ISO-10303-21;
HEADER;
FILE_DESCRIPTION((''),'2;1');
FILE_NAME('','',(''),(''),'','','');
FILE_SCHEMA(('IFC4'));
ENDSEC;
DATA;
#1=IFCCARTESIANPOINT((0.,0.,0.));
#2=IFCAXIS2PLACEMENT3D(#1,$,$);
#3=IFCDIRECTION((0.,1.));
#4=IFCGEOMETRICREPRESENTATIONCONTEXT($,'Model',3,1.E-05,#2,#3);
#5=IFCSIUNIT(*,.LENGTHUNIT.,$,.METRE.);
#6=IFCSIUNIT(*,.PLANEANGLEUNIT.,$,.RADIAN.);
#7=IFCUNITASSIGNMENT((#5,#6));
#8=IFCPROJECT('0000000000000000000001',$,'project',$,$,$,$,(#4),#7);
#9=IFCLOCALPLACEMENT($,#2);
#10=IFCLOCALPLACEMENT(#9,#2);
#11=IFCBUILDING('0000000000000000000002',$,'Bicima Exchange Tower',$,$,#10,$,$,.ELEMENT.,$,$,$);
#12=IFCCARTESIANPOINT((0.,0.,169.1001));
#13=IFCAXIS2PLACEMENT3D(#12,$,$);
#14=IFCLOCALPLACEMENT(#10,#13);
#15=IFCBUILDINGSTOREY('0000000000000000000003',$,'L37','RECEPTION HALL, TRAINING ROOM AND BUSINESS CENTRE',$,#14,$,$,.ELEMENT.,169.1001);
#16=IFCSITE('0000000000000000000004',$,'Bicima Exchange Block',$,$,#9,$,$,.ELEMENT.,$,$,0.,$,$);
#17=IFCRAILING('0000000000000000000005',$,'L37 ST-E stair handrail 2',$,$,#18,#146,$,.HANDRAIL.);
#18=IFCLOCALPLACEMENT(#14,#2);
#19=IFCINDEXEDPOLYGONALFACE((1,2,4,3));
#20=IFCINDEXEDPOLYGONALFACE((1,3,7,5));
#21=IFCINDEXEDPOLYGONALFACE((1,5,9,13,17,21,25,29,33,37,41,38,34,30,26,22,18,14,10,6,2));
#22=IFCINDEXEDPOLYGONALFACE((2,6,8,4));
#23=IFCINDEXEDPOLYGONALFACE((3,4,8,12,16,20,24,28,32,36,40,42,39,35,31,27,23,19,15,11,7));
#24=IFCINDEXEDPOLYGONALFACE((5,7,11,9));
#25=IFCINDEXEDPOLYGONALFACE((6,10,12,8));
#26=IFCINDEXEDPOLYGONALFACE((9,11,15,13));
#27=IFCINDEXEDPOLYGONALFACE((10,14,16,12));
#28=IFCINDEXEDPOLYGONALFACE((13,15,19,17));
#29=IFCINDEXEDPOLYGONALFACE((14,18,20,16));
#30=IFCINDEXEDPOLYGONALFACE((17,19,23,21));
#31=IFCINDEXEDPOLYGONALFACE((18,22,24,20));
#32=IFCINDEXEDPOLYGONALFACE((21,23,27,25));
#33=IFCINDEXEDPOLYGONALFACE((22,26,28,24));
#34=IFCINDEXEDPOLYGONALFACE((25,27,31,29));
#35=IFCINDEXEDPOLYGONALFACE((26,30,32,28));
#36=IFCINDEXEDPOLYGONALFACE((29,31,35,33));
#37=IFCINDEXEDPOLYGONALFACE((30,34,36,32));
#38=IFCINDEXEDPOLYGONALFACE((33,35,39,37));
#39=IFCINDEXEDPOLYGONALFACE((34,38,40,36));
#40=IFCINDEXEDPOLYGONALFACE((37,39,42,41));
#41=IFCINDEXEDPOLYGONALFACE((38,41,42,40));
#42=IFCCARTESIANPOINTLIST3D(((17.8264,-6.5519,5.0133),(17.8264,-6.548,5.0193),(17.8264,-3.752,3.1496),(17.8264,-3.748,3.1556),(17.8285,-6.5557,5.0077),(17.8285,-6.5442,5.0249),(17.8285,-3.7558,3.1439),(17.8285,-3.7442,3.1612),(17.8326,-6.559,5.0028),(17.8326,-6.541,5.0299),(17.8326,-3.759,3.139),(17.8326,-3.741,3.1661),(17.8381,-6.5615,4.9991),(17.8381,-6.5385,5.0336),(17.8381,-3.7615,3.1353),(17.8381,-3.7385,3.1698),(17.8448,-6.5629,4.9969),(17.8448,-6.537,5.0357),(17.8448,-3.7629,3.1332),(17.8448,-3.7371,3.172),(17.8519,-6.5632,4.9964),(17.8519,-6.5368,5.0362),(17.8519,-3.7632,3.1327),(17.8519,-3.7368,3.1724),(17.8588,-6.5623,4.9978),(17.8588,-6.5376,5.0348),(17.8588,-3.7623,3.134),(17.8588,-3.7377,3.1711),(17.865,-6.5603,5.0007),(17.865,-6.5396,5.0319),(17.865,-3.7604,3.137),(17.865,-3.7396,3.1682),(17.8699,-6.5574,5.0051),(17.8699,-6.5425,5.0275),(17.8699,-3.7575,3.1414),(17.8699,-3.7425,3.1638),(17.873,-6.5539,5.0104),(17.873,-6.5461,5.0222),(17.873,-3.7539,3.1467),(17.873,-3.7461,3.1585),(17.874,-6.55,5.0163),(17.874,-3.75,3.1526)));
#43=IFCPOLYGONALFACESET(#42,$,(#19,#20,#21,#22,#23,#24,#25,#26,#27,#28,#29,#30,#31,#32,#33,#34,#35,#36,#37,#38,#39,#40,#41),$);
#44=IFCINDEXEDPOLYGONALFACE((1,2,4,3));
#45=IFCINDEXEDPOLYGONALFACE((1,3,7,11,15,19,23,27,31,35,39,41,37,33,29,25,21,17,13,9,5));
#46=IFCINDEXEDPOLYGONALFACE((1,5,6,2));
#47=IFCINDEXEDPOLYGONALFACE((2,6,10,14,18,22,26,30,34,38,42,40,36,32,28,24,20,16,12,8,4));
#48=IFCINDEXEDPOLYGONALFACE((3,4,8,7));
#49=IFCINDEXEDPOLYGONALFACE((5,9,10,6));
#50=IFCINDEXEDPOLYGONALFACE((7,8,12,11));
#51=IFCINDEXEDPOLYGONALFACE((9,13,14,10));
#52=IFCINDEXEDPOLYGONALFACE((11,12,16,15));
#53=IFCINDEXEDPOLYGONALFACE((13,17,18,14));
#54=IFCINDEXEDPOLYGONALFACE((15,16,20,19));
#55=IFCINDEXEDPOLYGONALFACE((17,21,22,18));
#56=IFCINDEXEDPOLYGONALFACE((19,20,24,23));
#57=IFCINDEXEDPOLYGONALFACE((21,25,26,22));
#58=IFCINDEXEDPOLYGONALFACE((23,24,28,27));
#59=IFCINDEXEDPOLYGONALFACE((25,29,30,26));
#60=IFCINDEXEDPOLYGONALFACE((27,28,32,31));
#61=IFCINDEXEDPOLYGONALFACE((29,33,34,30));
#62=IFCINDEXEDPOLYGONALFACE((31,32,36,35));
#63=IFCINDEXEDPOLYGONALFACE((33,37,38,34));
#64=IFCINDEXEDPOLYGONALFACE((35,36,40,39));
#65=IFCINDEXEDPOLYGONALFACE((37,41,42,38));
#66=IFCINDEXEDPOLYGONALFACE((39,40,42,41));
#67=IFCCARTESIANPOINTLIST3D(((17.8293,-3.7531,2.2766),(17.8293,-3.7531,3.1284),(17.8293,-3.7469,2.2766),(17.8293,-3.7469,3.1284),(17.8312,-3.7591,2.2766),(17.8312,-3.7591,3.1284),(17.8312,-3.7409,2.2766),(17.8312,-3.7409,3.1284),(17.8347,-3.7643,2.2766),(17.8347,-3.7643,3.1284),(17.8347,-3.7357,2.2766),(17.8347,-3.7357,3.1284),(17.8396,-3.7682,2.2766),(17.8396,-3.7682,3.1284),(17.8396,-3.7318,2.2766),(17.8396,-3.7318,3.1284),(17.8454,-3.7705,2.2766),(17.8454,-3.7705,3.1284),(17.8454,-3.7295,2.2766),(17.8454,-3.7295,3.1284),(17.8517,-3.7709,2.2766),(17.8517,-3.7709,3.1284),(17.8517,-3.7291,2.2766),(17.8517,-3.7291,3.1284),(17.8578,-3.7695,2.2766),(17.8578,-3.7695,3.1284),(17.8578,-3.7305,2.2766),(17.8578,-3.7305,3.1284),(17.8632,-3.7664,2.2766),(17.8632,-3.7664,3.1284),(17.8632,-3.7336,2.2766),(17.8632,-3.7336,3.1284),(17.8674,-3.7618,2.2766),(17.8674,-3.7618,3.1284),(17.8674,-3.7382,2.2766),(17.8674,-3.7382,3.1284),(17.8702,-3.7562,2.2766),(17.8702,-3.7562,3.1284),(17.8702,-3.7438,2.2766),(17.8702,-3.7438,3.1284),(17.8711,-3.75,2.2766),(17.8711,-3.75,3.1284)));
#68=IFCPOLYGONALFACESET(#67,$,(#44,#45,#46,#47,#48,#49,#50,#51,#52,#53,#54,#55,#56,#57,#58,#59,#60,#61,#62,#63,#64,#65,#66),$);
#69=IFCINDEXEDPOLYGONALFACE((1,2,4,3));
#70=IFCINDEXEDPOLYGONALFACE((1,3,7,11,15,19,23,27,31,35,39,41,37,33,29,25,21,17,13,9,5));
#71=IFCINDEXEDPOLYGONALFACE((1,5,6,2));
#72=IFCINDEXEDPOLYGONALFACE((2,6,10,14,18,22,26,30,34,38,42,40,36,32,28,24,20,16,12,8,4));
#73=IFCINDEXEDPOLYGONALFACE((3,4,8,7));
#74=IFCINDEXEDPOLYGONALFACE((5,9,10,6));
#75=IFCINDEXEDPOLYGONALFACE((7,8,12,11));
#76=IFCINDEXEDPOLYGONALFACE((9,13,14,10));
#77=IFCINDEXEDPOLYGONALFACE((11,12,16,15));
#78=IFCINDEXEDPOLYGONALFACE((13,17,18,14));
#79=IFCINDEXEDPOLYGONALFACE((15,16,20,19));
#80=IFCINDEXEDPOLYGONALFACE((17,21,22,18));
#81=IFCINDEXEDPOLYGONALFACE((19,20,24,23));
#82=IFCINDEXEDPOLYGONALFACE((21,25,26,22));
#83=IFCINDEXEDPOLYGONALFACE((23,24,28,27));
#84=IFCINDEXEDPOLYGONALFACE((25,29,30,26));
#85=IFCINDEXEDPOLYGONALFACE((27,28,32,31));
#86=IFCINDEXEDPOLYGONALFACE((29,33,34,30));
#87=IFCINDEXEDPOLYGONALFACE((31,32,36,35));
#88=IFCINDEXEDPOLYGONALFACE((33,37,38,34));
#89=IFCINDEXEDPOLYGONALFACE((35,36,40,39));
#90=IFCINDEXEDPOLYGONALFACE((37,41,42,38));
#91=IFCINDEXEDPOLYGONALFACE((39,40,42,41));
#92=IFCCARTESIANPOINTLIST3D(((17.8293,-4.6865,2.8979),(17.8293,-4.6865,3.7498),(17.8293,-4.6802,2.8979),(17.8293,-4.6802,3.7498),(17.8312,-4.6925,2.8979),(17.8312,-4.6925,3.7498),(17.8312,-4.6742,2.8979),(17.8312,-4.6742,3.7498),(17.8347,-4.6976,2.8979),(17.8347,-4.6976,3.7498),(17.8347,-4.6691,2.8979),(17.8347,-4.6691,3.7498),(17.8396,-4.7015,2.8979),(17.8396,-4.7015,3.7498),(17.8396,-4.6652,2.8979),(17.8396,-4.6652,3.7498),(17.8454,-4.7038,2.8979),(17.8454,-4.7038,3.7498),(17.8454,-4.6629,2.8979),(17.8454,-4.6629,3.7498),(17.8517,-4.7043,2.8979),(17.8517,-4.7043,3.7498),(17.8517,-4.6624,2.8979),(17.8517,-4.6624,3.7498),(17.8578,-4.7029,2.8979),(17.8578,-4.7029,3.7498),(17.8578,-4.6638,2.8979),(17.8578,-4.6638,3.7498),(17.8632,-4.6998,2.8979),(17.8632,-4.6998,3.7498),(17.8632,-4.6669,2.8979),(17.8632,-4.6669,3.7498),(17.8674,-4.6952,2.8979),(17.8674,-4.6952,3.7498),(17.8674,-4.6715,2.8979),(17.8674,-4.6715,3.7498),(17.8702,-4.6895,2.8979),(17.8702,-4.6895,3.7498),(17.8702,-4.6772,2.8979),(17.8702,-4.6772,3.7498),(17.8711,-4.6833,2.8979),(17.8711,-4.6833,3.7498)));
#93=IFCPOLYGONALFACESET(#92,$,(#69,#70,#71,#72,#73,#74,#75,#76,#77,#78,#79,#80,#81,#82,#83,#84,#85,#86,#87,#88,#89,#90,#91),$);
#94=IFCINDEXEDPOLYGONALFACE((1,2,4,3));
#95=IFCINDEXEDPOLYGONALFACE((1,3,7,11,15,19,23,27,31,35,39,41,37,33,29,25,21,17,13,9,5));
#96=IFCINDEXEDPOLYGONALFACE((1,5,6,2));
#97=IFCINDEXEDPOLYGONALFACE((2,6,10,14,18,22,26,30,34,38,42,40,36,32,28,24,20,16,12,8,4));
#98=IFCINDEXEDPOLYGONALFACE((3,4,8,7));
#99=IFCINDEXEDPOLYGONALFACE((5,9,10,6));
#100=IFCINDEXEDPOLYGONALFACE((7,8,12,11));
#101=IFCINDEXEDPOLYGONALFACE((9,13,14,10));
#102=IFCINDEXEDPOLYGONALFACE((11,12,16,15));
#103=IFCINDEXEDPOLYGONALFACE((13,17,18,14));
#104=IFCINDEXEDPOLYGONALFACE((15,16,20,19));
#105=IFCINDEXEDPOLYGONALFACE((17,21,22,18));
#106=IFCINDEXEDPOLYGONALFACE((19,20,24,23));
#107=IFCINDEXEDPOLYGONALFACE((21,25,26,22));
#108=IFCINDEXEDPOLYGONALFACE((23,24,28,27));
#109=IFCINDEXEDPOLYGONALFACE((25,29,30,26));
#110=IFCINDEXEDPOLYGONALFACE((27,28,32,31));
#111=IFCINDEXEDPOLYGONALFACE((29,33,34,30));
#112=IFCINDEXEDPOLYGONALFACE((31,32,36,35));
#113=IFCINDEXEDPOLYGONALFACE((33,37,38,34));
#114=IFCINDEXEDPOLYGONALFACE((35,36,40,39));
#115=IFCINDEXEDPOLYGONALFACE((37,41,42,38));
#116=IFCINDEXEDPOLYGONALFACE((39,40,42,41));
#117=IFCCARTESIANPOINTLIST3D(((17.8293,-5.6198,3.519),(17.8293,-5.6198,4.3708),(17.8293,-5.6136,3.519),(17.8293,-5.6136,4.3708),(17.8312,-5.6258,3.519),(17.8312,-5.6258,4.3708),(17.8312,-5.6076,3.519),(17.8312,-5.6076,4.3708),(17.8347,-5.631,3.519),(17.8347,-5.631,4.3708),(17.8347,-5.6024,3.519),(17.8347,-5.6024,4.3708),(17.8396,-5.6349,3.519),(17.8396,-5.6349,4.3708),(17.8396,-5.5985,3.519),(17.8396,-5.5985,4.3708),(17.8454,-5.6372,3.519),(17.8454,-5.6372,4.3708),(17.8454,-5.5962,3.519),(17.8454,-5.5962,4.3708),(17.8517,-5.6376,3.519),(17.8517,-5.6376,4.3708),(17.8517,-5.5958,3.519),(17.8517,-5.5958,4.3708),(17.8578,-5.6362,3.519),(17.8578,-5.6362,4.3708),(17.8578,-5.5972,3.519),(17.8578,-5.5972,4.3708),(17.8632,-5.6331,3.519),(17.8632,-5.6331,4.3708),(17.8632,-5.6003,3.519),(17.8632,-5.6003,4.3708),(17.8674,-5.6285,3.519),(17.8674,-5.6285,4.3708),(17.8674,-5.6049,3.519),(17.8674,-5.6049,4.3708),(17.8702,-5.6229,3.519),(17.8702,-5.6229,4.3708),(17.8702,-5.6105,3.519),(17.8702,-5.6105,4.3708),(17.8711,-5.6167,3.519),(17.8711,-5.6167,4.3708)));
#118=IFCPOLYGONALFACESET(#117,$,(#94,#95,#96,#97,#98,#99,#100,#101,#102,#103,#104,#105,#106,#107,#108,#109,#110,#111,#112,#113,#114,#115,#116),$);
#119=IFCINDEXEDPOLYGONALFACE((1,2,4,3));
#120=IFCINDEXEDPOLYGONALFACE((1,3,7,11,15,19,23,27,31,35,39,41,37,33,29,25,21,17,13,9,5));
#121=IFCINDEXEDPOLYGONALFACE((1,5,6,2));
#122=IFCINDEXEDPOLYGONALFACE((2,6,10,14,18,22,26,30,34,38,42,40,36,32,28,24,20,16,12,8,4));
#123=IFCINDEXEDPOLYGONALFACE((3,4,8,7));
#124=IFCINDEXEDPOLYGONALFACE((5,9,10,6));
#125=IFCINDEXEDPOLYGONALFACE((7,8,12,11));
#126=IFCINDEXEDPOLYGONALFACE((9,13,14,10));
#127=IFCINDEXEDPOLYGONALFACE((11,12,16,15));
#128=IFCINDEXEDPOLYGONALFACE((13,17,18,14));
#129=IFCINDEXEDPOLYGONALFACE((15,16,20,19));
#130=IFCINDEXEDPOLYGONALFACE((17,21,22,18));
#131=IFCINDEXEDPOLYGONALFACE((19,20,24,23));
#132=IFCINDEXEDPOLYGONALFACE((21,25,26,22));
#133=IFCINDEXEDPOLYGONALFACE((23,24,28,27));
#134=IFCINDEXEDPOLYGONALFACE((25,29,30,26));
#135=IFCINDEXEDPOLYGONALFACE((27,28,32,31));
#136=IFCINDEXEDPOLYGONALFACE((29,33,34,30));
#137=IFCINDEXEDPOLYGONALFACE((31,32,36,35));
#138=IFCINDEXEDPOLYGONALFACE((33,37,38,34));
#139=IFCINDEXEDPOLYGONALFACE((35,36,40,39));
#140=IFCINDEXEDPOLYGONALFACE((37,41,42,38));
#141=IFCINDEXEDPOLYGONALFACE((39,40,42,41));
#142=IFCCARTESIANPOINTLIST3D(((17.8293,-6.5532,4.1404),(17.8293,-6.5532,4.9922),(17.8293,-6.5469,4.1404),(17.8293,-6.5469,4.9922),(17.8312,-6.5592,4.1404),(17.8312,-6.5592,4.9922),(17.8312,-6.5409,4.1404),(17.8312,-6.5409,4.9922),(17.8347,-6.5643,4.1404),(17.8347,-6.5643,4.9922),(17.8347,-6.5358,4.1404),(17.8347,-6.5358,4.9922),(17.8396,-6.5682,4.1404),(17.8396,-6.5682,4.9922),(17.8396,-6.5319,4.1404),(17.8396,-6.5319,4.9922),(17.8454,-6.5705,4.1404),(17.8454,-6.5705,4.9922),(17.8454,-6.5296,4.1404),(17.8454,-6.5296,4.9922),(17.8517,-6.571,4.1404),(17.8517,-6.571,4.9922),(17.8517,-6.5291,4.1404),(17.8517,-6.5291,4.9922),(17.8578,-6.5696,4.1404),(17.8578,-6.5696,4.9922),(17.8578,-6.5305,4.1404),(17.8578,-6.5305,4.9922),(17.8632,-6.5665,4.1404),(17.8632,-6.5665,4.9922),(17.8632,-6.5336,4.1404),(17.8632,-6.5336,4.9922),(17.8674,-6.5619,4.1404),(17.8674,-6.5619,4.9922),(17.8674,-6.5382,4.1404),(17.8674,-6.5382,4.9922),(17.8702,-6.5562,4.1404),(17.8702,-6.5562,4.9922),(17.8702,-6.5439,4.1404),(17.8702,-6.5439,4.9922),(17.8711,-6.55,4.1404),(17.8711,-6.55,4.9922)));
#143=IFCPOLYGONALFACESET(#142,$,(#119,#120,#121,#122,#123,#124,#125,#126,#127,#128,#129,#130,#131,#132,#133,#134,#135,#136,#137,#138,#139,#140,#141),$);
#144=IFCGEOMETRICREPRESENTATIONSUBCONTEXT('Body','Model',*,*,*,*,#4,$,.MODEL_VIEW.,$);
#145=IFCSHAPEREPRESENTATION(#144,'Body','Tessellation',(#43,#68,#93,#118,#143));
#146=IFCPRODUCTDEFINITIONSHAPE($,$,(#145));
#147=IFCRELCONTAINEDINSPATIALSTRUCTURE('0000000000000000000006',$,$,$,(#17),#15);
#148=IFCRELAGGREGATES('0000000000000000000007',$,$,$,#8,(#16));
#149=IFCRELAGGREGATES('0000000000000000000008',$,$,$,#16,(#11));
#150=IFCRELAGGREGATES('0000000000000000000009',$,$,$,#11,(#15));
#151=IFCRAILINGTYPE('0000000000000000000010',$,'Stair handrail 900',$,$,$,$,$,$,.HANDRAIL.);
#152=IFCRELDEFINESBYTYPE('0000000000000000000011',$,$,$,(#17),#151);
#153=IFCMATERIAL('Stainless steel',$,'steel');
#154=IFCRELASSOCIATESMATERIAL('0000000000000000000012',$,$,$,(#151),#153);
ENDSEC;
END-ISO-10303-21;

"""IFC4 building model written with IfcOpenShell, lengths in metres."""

from ifc_helpers import new_model, si_unit, direction, frame, origin, origin_2d, place, context, subcontext, project, spatial, circle, extrude, material, type_object, element, save


model = new_model("IFC4")

# Units and contexts
model_context = context("Model", 3, precision=1e-05, world=origin(), true_north=direction((0.0, 1.0)))
body_context = subcontext(model_context, "Body", "Model", "MODEL_VIEW")
ifc_project = project(units=[si_unit("LENGTHUNIT", "METRE"), si_unit("PLANEANGLEUNIT", "RADIAN")], contexts=[model_context])

# Site, building, storey
site_placement = place(None, origin())
site = spatial("IfcSite", under=ifc_project, at=site_placement, Name="Bicima Exchange Block", CompositionType="ELEMENT", RefElevation=0.0)
building_placement = place(site_placement, origin())
building = spatial("IfcBuilding", under=site, at=building_placement, Name="Bicima Exchange Tower", CompositionType="ELEMENT")
storey_placement = place(building_placement, frame((0.0, 0.0, 169.1001)))
storey = spatial("IfcBuildingStorey", under=building, at=storey_placement, Name="L37", Description="RECEPTION HALL, TRAINING ROOM AND BUSINESS CENTRE", CompositionType="ELEMENT", Elevation=169.1001)

# Shared definitions
ifc_material_1 = material(Name="Stainless steel", Category="steel")

# Railing
railing_type = type_object("IfcRailingType", Name="Stair handrail 900", PredefinedType="HANDRAIL", material=ifc_material_1)
railing_placement = place(storey_placement, frame((17.8501, -3.75, 2.2766)))
element("IfcRailing", 1, at=railing_placement, inside=storey, type_object=railing_type, Name="L37 ST-E stair handrail 2", PredefinedType="HANDRAIL", context=body_context, shape_type="SweptSolid", body=[
    extrude(circle(Radius=0.0239, at=origin_2d()), frame((0.0, 0.0, 0.876), z_axis=(0.0, -0.832452, 0.554097), x_axis=(1.0, 0.0, 0.0)), (0.0, 0.0, 1.0), 3.3635),
    extrude(circle(Radius=0.021, at=origin_2d()), origin(), (0.0, 0.0, 1.0), 0.8518),
    extrude(circle(Radius=0.021, at=origin_2d()), frame((0.0, -0.9333, 0.6213)), (0.0, 0.0, 1.0), 0.8518),
    extrude(circle(Radius=0.021, at=origin_2d()), frame((0.0, -1.8667, 1.2424)), (0.0, 0.0, 1.0), 0.8518),
    extrude(circle(Radius=0.021, at=origin_2d()), frame((0.0, -2.8, 1.8638)), (0.0, 0.0, 1.0), 0.8518),
])

save(model, "model.ifc")
